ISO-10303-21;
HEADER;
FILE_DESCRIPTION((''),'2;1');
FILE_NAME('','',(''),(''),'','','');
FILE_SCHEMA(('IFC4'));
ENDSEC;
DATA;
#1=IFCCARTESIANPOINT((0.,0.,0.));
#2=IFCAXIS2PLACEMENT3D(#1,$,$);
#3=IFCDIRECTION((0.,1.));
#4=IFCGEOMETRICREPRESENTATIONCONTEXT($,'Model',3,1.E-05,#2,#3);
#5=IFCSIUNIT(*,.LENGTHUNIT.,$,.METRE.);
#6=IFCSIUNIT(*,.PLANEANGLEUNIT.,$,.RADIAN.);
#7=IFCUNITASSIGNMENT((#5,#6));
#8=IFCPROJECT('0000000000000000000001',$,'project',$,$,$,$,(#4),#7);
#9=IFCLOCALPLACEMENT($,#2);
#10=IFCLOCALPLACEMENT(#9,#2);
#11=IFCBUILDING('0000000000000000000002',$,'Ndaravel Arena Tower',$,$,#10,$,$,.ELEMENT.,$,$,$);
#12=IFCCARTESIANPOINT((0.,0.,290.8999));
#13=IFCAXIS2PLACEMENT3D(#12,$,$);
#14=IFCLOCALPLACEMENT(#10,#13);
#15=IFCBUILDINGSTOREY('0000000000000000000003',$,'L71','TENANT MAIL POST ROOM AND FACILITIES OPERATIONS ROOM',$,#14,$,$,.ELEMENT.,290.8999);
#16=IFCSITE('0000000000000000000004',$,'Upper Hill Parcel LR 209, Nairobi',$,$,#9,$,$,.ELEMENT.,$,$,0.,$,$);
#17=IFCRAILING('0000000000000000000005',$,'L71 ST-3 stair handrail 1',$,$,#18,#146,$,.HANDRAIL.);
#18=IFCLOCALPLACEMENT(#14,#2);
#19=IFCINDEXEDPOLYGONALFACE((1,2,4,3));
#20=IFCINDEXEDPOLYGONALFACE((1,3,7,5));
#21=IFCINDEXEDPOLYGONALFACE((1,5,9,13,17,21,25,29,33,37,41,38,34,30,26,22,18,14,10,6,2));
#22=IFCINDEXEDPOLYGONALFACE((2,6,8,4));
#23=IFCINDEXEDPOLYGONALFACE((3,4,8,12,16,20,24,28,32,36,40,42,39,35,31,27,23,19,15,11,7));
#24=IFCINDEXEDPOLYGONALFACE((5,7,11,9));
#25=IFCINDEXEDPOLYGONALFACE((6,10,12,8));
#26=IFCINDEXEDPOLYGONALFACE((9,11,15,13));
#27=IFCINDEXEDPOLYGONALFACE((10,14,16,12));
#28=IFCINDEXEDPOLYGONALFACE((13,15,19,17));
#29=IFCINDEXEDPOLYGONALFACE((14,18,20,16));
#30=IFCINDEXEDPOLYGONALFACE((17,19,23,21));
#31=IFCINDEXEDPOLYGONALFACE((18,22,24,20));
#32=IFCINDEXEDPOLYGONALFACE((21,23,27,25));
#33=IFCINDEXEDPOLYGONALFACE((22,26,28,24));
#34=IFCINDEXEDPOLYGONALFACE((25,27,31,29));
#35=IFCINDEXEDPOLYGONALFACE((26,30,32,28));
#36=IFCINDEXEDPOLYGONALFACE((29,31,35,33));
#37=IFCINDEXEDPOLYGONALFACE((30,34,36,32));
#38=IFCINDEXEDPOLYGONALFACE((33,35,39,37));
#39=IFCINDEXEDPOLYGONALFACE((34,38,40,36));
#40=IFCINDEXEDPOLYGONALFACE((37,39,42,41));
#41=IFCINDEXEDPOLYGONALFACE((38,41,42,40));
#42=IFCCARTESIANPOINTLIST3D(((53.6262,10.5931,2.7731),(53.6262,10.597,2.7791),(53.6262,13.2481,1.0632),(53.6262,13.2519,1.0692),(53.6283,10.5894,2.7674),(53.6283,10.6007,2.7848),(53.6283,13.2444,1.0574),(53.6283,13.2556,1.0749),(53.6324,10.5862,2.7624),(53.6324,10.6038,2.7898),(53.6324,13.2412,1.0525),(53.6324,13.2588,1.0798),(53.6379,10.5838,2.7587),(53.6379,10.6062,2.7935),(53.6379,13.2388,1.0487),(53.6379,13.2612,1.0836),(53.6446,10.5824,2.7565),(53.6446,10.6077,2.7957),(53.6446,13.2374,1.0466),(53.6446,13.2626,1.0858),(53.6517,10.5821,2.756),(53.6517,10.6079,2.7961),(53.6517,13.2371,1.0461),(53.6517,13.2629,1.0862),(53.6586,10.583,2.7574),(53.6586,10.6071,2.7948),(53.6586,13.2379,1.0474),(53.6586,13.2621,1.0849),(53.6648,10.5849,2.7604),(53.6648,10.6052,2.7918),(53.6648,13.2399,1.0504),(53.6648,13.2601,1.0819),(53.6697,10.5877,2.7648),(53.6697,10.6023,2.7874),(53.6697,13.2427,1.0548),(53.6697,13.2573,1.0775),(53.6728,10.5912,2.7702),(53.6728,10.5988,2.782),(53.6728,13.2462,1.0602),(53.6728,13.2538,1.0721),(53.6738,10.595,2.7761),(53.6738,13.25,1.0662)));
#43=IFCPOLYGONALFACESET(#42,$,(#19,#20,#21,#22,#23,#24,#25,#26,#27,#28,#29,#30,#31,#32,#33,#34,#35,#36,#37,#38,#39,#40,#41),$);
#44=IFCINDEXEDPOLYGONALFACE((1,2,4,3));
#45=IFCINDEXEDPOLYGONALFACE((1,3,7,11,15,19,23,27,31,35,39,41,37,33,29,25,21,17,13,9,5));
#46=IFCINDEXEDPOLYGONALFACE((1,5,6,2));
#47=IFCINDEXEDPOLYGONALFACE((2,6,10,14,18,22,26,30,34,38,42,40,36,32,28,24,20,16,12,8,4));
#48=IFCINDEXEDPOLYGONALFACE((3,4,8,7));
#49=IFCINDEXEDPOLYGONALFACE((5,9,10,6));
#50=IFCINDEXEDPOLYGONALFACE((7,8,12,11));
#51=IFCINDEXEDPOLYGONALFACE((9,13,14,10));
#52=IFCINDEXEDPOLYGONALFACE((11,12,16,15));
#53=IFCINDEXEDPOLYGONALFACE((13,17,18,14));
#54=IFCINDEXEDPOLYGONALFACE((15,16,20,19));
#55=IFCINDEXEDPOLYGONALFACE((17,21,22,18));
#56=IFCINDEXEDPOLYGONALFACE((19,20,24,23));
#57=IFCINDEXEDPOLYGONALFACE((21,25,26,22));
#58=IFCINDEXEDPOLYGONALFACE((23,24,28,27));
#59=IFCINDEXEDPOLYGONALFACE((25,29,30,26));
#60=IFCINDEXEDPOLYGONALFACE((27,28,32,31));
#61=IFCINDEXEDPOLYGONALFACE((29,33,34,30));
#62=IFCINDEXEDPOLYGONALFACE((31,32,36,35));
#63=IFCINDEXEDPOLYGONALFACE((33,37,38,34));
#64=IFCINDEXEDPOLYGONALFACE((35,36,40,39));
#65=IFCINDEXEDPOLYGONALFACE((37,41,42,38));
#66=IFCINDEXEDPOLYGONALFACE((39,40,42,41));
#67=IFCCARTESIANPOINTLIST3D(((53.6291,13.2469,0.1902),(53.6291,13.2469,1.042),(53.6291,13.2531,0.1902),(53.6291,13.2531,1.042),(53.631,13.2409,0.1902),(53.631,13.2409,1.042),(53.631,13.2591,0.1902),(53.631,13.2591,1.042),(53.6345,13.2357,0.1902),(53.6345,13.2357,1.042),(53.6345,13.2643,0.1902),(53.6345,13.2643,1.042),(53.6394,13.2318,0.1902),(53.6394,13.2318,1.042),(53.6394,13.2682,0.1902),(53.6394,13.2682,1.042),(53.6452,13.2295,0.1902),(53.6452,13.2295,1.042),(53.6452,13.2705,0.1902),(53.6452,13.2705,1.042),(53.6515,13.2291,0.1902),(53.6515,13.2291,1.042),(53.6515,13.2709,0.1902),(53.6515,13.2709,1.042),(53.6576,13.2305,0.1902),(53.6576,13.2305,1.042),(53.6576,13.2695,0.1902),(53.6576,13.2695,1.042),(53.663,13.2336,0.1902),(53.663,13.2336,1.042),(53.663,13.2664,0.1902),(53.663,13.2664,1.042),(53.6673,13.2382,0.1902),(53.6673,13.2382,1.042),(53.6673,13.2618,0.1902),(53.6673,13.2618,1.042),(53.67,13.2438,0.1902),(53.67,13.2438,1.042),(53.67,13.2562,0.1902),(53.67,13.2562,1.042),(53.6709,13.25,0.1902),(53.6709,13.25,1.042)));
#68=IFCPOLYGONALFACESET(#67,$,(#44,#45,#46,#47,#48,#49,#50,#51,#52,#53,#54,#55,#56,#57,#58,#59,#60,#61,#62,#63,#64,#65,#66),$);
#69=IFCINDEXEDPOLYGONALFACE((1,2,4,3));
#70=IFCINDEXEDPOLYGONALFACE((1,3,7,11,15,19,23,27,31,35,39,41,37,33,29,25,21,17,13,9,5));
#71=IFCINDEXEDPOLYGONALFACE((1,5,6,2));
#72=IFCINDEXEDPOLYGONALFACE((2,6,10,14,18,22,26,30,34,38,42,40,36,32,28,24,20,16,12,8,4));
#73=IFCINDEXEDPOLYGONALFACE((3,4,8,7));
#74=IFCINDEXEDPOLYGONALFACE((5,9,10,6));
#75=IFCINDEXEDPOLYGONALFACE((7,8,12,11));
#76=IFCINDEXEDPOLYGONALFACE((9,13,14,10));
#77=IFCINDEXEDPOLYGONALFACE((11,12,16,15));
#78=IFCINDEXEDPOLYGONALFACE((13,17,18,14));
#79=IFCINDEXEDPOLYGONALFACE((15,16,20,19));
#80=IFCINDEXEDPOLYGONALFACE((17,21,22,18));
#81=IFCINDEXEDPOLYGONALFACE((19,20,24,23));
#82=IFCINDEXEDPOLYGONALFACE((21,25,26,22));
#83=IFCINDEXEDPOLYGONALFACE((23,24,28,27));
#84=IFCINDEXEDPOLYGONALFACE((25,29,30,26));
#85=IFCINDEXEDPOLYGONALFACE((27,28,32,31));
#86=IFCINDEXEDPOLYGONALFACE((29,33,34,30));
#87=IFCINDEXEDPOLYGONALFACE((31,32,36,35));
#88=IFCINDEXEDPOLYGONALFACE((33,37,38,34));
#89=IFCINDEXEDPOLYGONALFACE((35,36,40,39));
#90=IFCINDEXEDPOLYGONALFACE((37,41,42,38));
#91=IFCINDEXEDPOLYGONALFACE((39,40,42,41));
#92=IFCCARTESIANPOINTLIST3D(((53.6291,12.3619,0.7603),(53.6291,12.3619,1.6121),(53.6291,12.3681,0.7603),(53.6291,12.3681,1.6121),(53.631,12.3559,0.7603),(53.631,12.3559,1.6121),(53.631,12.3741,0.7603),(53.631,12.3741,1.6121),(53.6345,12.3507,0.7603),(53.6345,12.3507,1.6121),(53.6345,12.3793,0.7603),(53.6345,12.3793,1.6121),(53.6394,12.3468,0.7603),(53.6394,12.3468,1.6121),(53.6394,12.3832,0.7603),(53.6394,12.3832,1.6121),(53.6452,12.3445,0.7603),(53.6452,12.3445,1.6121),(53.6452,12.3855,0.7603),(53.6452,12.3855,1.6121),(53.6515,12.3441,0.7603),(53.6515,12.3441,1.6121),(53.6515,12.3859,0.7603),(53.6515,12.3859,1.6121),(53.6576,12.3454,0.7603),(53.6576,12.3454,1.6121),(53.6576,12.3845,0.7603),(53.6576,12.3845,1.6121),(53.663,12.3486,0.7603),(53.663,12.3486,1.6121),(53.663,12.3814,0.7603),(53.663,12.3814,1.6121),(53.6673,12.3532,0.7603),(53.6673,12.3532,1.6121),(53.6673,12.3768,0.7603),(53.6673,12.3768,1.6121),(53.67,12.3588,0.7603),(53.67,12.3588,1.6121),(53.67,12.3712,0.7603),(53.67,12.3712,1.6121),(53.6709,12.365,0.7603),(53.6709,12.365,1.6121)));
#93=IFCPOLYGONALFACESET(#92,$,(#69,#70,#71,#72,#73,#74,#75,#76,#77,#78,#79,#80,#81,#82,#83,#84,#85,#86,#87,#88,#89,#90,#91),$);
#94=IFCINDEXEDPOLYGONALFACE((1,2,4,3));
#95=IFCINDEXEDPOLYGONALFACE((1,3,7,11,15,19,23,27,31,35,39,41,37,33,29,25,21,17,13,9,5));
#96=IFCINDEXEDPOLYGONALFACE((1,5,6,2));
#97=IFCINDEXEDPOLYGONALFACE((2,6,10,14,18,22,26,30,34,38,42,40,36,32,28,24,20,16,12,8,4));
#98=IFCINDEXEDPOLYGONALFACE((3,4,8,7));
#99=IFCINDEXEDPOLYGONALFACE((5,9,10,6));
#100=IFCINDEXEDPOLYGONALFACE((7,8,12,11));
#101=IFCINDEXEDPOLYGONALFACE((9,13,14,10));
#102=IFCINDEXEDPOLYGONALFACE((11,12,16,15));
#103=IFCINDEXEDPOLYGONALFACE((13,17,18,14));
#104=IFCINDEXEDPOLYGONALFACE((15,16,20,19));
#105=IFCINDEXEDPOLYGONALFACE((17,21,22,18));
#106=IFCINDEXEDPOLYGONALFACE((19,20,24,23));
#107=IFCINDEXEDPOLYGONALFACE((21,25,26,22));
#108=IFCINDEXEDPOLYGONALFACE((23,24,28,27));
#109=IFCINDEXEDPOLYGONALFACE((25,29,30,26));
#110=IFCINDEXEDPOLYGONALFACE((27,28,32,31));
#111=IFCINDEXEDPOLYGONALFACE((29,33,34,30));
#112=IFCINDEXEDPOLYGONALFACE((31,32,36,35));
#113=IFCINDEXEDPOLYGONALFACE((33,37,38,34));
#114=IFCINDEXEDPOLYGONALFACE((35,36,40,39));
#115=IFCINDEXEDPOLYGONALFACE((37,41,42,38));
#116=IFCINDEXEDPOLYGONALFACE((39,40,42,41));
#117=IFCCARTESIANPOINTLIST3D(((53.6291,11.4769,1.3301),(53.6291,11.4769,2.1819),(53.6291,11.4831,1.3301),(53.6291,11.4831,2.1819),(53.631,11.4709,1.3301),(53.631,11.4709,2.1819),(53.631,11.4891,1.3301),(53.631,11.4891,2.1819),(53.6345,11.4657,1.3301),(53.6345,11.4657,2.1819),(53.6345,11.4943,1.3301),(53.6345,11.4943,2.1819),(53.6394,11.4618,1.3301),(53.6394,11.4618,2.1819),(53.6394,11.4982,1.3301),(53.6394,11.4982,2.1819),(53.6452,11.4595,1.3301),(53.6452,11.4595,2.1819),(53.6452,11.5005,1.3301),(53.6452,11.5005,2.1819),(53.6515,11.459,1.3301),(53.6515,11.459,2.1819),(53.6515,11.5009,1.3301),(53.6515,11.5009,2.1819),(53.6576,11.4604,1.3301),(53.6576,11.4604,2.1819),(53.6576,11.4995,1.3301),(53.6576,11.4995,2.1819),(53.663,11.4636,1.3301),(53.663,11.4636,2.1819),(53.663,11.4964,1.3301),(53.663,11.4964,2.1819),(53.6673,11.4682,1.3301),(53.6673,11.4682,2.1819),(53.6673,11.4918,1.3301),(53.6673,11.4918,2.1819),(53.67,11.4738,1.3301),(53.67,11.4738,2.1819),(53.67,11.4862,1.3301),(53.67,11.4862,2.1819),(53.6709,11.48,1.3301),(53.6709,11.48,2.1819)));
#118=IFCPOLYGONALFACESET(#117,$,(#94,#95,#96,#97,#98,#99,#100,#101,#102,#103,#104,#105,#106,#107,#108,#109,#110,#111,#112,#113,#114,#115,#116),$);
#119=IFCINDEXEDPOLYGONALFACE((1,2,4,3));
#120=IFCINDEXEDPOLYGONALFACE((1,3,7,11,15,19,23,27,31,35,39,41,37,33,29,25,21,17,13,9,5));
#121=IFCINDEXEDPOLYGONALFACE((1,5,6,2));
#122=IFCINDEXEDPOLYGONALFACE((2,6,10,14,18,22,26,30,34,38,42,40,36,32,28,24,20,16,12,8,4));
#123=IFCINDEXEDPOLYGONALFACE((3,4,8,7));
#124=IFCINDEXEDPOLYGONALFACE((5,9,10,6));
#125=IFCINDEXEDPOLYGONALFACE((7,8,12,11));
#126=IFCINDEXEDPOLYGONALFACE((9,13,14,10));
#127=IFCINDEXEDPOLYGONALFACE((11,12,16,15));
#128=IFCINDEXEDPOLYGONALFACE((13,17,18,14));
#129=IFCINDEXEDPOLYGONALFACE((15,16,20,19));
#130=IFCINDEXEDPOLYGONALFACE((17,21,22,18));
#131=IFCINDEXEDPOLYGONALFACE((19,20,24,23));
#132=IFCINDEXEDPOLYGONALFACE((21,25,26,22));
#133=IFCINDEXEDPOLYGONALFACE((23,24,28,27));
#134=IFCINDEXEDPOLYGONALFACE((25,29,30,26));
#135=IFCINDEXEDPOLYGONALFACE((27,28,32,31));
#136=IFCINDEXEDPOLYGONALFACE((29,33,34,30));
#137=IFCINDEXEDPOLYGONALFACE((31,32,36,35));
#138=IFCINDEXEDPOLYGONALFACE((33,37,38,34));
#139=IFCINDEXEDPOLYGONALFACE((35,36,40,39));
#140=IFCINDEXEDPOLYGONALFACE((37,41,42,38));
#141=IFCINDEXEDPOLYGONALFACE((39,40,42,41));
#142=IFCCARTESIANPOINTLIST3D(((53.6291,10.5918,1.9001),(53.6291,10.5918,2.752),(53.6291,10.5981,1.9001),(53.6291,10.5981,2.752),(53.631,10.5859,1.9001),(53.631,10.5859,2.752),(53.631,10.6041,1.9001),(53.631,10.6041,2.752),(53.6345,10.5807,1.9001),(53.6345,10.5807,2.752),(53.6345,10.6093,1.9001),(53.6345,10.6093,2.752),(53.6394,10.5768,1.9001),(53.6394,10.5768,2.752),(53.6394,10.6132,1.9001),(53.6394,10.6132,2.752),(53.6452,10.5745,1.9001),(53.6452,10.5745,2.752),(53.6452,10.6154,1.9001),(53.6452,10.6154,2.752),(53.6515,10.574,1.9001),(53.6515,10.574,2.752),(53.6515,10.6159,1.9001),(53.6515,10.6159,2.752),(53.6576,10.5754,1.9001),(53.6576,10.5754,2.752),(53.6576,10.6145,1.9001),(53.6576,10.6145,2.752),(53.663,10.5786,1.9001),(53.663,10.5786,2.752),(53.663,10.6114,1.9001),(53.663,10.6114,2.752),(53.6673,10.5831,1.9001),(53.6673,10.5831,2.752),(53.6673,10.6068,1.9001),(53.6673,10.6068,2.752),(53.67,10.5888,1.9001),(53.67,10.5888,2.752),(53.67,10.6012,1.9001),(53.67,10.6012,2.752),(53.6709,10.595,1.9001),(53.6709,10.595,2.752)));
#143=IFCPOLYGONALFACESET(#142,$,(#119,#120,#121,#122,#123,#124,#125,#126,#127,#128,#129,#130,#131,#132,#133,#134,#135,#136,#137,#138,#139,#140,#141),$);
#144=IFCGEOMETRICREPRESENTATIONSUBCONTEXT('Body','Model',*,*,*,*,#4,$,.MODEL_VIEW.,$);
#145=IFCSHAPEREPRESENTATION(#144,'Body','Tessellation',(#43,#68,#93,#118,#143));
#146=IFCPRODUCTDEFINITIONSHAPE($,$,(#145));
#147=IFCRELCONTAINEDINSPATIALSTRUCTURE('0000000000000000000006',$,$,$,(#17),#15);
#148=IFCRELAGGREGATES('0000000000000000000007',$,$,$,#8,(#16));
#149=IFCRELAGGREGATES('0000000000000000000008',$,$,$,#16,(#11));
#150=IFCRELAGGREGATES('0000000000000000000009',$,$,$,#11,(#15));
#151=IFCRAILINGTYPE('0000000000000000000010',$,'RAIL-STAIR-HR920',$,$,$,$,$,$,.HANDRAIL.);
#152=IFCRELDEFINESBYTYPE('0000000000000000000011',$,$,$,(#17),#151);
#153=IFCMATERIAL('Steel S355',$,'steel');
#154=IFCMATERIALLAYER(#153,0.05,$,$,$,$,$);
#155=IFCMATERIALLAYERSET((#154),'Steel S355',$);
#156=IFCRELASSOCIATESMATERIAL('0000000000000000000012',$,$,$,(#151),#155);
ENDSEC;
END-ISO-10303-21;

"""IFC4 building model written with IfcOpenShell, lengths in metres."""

from ifc_helpers import new_model, si_unit, direction, frame, origin, origin_2d, place, context, subcontext, project, spatial, circle, extrude, material, layer, layer_set, type_object, element, save


model = new_model("IFC4")

# Units and contexts
model_context = context("Model", 3, precision=1e-05, world=origin(), true_north=direction((0.0, 1.0)))
body_context = subcontext(model_context, "Body", "Model", "MODEL_VIEW")
ifc_project = project(units=[si_unit("LENGTHUNIT", "METRE"), si_unit("PLANEANGLEUNIT", "RADIAN")], contexts=[model_context])

# Site, building, storey
site_placement = place(None, origin())
site = spatial("IfcSite", under=ifc_project, at=site_placement, Name="Upper Hill Parcel LR 209, Nairobi", CompositionType="ELEMENT", RefElevation=0.0)
building_placement = place(site_placement, origin())
building = spatial("IfcBuilding", under=site, at=building_placement, Name="Ndaravel Arena Tower", CompositionType="ELEMENT")
storey_placement = place(building_placement, frame((0.0, 0.0, 290.8999)))
storey = spatial("IfcBuildingStorey", under=building, at=storey_placement, Name="L71", Description="TENANT MAIL POST ROOM AND FACILITIES OPERATIONS ROOM", CompositionType="ELEMENT", Elevation=290.8999)

# Railing
ifc_material_1 = material(Name="Steel S355", Category="steel")
ifc_layer_1 = layer(ifc_material_1, 0.05)
ifc_layer_set_1 = layer_set([ifc_layer_1], Name="Steel S355")
railing_type_1 = type_object("IfcRailingType", Name="RAIL-STAIR-HR920", PredefinedType="HANDRAIL", material=ifc_layer_set_1)
railing_1_placement = place(storey_placement, frame((53.6499, 13.25, 0.1902)))
element("IfcRailing", 1, at=railing_1_placement, inside=storey, type_object=railing_type_1, Name="L71 ST-3 stair handrail 1", PredefinedType="HANDRAIL", context=body_context, shape_type="SweptSolid", body=[
    extrude(circle(Radius=0.0239, at=origin_2d()), frame((0.0, 0.0, 0.876), z_axis=(0.0, -0.840724, 0.541465), x_axis=(1.0, 0.0, 0.0)), (0.0, 0.0, 1.0), 3.158),
    extrude(circle(Radius=0.021, at=origin_2d()), origin(), (0.0, 0.0, 1.0), 0.8518),
    extrude(circle(Radius=0.021, at=origin_2d()), frame((0.0, -0.885, 0.5701)), (0.0, 0.0, 1.0), 0.8518),
    extrude(circle(Radius=0.021, at=origin_2d()), frame((0.0, -1.77, 1.1399)), (0.0, 0.0, 1.0), 0.8518),
    extrude(circle(Radius=0.021, at=origin_2d()), frame((0.0, -2.655, 1.71)), (0.0, 0.0, 1.0), 0.8518),
])

save(model, "model.ifc")
